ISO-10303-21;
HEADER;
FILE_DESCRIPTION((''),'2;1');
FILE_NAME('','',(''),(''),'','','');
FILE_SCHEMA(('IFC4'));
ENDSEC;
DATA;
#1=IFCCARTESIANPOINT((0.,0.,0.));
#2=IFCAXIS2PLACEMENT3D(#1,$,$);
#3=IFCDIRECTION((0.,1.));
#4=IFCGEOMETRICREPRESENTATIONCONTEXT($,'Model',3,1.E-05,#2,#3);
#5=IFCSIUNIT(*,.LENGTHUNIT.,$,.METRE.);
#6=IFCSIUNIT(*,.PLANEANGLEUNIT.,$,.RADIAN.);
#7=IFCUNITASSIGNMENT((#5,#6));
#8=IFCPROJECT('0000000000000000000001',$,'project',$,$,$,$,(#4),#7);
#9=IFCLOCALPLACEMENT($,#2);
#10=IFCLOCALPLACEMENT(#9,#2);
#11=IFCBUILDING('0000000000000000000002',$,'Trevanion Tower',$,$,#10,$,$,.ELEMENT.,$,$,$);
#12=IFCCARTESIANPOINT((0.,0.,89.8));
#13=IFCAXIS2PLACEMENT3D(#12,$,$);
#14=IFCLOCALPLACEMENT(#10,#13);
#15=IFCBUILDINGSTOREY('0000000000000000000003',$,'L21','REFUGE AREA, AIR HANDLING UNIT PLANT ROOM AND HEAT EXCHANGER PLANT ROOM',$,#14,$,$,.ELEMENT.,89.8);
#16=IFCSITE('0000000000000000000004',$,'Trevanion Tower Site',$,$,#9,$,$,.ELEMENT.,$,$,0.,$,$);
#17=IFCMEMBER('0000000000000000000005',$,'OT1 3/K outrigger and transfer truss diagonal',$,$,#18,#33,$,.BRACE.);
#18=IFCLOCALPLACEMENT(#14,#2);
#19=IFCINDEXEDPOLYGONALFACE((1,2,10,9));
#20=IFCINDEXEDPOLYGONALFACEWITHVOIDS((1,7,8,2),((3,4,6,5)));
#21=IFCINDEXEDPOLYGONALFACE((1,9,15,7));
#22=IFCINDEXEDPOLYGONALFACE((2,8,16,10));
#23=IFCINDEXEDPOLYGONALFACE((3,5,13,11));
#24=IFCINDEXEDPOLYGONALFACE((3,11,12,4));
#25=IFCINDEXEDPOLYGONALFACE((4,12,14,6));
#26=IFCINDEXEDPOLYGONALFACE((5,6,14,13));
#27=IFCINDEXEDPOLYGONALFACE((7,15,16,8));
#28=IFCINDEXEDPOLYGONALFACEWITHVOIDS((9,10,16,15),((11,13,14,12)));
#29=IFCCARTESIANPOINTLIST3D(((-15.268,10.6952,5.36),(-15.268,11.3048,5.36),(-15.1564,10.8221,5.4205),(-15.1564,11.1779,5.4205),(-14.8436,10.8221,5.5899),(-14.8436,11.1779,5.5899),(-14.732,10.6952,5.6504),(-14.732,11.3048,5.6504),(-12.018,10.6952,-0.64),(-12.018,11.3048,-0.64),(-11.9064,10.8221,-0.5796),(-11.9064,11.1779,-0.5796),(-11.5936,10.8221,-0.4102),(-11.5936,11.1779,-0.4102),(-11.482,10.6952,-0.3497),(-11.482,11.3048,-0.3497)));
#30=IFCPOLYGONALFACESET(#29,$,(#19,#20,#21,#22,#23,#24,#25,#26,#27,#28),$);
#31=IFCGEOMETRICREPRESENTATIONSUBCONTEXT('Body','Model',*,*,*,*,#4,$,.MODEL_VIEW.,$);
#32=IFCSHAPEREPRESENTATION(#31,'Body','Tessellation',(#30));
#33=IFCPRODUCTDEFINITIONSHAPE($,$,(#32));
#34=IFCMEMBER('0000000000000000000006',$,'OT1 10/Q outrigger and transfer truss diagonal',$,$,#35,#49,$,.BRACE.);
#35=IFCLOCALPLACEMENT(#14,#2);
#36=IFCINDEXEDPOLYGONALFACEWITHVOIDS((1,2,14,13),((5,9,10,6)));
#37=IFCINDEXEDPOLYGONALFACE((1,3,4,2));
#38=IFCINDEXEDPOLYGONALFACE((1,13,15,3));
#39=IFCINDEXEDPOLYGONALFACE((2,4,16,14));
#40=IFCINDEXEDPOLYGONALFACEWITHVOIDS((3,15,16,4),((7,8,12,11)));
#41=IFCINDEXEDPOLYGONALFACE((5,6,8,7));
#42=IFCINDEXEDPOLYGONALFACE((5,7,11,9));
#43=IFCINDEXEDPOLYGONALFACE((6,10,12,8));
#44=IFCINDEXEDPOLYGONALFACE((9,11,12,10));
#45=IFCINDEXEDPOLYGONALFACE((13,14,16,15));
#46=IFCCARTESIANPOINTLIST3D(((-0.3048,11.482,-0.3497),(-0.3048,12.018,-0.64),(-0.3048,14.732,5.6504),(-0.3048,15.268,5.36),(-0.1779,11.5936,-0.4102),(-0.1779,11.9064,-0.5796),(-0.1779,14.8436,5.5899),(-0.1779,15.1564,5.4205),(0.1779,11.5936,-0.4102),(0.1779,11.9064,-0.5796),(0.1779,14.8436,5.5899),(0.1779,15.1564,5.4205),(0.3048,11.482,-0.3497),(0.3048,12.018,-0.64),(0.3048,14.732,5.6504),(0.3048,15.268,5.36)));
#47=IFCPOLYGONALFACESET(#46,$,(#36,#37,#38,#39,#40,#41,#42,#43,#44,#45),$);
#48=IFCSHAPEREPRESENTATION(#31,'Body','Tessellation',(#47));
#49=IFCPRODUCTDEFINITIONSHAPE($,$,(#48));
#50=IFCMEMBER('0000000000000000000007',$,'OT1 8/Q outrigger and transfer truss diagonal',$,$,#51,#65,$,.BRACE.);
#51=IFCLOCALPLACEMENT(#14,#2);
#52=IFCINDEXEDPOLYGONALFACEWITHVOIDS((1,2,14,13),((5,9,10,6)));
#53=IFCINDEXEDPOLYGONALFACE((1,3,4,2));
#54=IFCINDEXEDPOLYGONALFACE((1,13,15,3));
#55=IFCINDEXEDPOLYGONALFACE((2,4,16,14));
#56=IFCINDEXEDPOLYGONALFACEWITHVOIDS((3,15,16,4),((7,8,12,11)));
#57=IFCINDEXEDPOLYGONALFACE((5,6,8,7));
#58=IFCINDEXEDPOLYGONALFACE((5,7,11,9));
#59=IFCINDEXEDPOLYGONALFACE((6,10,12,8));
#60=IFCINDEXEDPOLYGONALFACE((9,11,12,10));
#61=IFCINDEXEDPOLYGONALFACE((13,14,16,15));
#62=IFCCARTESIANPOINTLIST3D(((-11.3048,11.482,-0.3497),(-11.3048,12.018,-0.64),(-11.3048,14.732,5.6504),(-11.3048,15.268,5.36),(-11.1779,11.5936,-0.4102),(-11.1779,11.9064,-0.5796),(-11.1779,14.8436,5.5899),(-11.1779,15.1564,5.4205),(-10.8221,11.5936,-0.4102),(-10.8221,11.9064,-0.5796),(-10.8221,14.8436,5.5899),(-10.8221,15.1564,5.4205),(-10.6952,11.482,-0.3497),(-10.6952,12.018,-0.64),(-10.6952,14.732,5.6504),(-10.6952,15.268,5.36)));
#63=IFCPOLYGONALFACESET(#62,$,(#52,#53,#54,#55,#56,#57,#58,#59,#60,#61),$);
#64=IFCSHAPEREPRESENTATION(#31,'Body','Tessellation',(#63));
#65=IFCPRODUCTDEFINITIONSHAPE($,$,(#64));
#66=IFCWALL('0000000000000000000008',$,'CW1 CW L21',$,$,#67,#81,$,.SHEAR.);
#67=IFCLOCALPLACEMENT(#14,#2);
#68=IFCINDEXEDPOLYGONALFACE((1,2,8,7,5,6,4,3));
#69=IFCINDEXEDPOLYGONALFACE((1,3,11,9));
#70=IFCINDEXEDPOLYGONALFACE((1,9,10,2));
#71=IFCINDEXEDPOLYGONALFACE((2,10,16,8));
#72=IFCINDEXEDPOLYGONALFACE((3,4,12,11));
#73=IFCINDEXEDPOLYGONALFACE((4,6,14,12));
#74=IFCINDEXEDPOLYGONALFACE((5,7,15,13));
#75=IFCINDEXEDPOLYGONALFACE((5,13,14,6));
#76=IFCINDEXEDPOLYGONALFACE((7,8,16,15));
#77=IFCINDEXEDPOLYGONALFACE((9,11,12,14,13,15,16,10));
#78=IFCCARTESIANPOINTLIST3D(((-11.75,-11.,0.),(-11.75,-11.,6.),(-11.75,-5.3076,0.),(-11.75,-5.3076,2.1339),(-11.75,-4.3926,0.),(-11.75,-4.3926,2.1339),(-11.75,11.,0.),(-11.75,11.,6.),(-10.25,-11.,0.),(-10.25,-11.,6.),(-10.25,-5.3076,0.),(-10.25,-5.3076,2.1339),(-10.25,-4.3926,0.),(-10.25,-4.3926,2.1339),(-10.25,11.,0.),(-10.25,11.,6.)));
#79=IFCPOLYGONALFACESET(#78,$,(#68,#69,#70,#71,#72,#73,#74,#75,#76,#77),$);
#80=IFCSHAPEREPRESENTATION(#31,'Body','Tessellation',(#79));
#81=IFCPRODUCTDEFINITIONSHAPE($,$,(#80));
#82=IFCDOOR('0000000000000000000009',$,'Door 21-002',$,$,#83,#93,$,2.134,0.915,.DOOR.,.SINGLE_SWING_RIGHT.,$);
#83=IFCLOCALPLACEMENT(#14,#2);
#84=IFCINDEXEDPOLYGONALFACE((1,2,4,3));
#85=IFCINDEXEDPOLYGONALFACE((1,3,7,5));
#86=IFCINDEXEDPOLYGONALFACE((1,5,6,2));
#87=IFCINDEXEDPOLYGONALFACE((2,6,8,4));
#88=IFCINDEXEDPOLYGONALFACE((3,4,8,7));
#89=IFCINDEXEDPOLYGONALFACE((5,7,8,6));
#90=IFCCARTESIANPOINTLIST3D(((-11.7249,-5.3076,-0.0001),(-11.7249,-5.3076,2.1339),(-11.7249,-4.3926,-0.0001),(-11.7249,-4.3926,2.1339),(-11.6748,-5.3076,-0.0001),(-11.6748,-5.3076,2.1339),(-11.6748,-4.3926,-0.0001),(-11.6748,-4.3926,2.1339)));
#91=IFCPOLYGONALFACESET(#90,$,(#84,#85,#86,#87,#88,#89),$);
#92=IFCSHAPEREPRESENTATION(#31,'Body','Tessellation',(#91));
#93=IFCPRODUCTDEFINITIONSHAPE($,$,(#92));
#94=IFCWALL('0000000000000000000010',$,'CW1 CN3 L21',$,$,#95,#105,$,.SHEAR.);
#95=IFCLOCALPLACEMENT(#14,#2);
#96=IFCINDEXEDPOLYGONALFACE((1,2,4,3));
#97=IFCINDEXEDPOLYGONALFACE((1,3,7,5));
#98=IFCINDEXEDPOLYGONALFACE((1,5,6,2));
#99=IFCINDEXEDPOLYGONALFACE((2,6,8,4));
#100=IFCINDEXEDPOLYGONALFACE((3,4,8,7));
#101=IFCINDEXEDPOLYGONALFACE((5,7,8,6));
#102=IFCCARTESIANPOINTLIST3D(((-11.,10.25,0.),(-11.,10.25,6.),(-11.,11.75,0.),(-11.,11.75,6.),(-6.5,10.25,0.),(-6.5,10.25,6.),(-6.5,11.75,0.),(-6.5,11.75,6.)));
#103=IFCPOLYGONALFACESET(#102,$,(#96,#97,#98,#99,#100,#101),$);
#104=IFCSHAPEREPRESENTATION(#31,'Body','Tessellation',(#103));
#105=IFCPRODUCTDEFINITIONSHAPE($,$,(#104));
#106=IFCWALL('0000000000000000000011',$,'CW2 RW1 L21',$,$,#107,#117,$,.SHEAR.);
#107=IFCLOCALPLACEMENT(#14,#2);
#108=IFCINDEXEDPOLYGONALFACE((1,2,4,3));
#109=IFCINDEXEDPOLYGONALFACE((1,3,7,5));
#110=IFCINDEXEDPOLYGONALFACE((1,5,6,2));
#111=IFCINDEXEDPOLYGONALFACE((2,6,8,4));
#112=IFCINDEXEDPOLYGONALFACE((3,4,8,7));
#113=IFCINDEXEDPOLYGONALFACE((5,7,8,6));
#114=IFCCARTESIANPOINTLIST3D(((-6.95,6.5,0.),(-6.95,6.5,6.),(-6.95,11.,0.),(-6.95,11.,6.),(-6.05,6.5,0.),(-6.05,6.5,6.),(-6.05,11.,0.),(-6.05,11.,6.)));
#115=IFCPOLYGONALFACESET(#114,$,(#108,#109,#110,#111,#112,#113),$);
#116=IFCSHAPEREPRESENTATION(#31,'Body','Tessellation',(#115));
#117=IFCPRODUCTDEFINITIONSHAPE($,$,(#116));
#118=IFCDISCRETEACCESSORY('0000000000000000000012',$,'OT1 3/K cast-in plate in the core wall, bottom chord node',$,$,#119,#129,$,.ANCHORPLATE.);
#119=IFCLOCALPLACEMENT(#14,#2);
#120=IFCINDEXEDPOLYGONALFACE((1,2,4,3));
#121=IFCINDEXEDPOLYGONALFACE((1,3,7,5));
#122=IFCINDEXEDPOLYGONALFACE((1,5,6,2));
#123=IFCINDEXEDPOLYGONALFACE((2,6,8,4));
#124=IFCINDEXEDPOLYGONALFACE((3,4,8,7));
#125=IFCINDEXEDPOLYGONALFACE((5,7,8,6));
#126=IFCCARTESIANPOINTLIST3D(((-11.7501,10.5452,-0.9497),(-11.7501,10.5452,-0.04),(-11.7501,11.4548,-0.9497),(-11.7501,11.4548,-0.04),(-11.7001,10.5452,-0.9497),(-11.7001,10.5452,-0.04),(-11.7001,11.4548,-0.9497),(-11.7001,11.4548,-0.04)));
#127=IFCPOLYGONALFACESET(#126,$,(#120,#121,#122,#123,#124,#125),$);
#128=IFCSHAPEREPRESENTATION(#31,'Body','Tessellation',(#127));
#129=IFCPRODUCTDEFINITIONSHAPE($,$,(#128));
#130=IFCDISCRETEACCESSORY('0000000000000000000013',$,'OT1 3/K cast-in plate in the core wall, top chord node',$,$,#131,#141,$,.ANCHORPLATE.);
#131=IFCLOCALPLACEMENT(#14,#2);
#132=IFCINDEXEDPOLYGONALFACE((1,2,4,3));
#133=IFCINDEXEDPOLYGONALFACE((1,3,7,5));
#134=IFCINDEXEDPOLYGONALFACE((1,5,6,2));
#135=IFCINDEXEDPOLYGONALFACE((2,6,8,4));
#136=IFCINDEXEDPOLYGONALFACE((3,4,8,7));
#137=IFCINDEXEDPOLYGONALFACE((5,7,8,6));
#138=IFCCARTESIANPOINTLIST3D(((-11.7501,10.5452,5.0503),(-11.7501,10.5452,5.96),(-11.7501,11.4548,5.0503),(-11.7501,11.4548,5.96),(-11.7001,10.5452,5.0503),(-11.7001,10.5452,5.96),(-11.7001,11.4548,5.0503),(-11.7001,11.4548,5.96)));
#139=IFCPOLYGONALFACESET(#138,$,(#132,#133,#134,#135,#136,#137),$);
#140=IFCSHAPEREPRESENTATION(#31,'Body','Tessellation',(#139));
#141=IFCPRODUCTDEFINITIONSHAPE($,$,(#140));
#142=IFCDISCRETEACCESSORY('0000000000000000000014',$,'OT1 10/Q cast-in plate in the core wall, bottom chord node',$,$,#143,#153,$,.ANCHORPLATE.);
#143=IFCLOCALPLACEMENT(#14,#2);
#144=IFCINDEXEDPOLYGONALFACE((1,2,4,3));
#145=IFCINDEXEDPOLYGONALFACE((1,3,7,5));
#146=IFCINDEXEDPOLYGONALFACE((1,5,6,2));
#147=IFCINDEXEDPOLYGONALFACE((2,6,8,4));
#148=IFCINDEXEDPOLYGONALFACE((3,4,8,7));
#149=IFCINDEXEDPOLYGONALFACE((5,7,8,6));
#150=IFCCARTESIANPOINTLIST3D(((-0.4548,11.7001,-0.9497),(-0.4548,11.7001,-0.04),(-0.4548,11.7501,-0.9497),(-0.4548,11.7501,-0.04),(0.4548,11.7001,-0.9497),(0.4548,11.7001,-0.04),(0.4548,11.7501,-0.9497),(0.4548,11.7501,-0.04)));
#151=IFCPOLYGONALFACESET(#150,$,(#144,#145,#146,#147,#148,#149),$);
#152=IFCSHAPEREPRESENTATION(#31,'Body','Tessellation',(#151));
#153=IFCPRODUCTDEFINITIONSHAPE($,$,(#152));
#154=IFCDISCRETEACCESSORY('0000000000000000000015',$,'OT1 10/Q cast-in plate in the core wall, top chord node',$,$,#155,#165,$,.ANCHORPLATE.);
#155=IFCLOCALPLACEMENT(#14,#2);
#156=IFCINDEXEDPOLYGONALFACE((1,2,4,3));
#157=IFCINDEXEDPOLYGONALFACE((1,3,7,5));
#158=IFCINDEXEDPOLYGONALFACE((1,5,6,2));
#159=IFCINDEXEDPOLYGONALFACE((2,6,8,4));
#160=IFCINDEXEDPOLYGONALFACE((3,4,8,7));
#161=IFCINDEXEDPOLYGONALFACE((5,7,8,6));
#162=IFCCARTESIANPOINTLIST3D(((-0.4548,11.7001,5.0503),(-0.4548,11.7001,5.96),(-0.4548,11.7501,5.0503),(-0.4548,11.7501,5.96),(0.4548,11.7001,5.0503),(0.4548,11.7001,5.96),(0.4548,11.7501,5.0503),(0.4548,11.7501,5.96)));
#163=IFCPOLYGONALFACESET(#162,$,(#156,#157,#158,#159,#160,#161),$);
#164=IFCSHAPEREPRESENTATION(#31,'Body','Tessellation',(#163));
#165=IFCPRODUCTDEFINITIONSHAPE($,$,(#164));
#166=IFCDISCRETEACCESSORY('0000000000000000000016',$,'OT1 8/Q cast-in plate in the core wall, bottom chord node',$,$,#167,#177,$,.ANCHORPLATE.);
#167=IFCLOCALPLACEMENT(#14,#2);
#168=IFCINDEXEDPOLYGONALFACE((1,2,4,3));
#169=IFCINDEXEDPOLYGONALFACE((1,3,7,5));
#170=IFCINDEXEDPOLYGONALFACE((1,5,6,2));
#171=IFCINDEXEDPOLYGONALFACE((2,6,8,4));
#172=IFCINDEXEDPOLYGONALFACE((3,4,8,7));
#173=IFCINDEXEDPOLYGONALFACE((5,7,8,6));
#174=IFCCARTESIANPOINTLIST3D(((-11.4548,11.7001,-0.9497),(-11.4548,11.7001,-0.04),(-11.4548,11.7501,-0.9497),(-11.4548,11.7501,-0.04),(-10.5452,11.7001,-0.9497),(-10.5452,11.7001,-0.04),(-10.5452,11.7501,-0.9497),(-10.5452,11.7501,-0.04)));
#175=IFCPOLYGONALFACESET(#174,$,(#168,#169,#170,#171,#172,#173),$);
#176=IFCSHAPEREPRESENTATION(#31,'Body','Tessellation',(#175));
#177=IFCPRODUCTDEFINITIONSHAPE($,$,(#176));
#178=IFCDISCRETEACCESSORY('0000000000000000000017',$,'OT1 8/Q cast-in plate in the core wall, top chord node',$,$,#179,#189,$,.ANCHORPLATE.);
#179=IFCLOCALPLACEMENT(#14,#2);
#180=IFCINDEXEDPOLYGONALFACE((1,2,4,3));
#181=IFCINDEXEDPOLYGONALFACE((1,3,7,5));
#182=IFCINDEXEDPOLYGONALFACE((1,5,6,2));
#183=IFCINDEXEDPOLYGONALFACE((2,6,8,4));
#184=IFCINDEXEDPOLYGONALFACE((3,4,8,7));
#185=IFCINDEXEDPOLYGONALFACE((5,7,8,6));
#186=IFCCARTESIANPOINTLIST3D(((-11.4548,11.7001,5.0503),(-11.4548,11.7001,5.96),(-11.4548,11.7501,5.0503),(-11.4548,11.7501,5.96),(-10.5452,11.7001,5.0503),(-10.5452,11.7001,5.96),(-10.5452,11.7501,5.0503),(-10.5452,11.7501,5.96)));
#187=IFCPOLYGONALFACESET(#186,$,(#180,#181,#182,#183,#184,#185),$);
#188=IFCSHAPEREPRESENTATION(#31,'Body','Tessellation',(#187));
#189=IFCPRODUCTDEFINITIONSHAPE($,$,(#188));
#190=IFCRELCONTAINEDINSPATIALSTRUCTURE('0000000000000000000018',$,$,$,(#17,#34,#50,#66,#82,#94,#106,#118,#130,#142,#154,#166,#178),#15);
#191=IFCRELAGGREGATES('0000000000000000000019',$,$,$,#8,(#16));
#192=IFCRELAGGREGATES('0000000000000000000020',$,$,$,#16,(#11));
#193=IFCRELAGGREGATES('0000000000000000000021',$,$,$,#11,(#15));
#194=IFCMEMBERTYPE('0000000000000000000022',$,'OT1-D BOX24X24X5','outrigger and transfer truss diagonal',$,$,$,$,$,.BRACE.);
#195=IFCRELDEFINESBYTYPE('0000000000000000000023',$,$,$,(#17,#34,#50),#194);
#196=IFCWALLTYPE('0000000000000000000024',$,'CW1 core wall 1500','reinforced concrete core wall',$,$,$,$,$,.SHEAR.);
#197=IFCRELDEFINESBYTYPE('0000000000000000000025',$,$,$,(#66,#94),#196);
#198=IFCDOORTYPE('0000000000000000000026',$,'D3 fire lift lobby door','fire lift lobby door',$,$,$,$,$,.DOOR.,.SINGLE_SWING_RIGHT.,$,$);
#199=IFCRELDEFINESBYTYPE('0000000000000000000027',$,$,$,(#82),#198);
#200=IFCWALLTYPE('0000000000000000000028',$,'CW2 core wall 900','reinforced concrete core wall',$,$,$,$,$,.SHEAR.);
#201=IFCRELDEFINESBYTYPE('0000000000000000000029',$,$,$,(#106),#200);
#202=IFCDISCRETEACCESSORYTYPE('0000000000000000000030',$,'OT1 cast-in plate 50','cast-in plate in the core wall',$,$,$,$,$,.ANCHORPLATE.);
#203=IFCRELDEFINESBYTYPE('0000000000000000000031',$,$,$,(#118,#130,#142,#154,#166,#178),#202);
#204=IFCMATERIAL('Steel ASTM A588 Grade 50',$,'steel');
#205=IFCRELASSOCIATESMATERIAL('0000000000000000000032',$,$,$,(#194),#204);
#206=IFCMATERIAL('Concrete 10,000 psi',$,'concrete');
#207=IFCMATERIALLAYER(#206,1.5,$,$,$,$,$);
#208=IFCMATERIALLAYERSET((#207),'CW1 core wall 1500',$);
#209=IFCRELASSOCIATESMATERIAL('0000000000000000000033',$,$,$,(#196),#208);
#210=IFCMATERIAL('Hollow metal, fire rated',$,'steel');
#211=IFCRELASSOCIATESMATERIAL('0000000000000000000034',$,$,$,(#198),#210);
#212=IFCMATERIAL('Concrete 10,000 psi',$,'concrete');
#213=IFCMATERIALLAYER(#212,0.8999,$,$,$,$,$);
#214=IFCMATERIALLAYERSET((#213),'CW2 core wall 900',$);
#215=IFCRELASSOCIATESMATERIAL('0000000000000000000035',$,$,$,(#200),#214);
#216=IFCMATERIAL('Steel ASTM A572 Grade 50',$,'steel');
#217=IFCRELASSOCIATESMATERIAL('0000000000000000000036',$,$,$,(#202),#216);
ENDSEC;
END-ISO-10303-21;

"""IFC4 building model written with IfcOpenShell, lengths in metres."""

from ifc_helpers import new_model, si_unit, direction, frame, frame_2d, origin, origin_2d, place, context, subcontext, project, spatial, rectangle, hollow_rectangle, extrude, material, layer, layer_set, material_profile, profile_set, type_object, element, fill, save


model = new_model("IFC4")

# Units and contexts
model_context = context("Model", 3, precision=1e-05, world=origin(), true_north=direction((0.0, 1.0)))
body_context = subcontext(model_context, "Body", "Model", "MODEL_VIEW")
ifc_project = project(units=[si_unit("LENGTHUNIT", "METRE"), si_unit("PLANEANGLEUNIT", "RADIAN")], contexts=[model_context])

# Site, building, storey
site_placement = place(None, origin())
site = spatial("IfcSite", under=ifc_project, at=site_placement, Name="Trevanion Tower Site", CompositionType="ELEMENT", RefElevation=0.0)
building_placement = place(site_placement, origin())
building = spatial("IfcBuilding", under=site, at=building_placement, Name="Trevanion Tower", CompositionType="ELEMENT")
storey_placement = place(building_placement, frame((0.0, 0.0, 89.8)))
storey = spatial("IfcBuildingStorey", under=building, at=storey_placement, Name="L21", Description="REFUGE AREA, AIR HANDLING UNIT PLANT ROOM AND HEAT EXCHANGER PLANT ROOM", CompositionType="ELEMENT", Elevation=89.8)

# Members
ifc_material_1 = material(Name="Steel ASTM A588 Grade 50", Category="steel")
ifc_material_profile_1 = material_profile(ifc_material_1, hollow_rectangle(XDim=0.6096, YDim=0.6096, WallThickness=0.127, at=origin_2d()), Name="BOX24X24X5")
ifc_profile_set_1 = profile_set([ifc_material_profile_1], Name="Steel ASTM A588 Grade 50")
member_type = type_object("IfcMemberType", Name="OT1-D BOX24X24X5", Description="outrigger and transfer truss diagonal", PredefinedType="BRACE", material=ifc_profile_set_1)
for number, where, z_axis, x_axis, name in (
    (1, (-11.75, 11.0, -0.4949), (-0.476283, 0.0, 0.879292), (0.0, -1.0, 0.0), "OT1 3/K outrigger and transfer truss diagonal"),
    (2, (0.0, 11.75, -0.4949), (0.0, 0.476283, 0.879292), (-1.0, 0.0, 0.0), "OT1 10/Q outrigger and transfer truss diagonal"),
    (3, (-11.0, 11.75, -0.4949), (0.0, 0.476283, 0.879292), (-1.0, 0.0, 0.0), "OT1 8/Q outrigger and transfer truss diagonal"),
):
    element("IfcMember", number, at=place(storey_placement, frame(where, z_axis=z_axis, x_axis=x_axis)), inside=storey, type_object=member_type, Name=name, PredefinedType="BRACE", context=body_context, shape_type="SweptSolid", body=[
        extrude(hollow_rectangle(XDim=0.6096, YDim=0.6096, WallThickness=0.127, at=origin_2d()), origin(), (0.0, 0.0, 1.0), 6.8237),
    ])

# Wall, opening, door
ifc_material_2 = material(Name="Concrete 10,000 psi", Category="concrete")
ifc_layer_1 = layer(ifc_material_2, 1.5)
ifc_layer_set_1 = layer_set([ifc_layer_1], Name="CW1 core wall 1500")
wall_type_1 = type_object("IfcWallType", Name="CW1 core wall 1500", Description="reinforced concrete core wall", PredefinedType="SHEAR", material=ifc_layer_set_1)
wall_1_placement = place(storey_placement, frame((-11.0, 11.0, 0.0), z_axis=(0.0, 0.0, 1.0), x_axis=(0.0, -1.0, 0.0)))
wall_1 = element("IfcWall", 4, at=wall_1_placement, inside=storey, type_object=wall_type_1, Name="CW1 CW L21", PredefinedType="SHEAR", context=body_context, shape_type="SweptSolid", body=[
    extrude(rectangle(XDim=22.0, YDim=1.5, at=frame_2d((11.0, 0.0))), origin(), (0.0, 0.0, 1.0), 6.0),
])
opening_placement = place(wall_1_placement, frame((15.3926, 0.0, 0.0)))
opening = element("IfcOpeningElement", 5, at=opening_placement, cuts=wall_1, PredefinedType="OPENING", context=body_context, shape_type="SweptSolid", body=[
    extrude(rectangle(XDim=0.915, YDim=2.134, at=frame_2d((0.4575, 1.0669))), frame((0.0, 0.76, 0.0), z_axis=(0.0, -1.0, 0.0), x_axis=(1.0, 0.0, 0.0)), (0.0, 0.0, 1.0), 1.52),
])
ifc_material_3 = material(Name="Hollow metal, fire rated", Category="steel")
door_type = type_object("IfcDoorType", Name="D3 fire lift lobby door", Description="fire lift lobby door", OperationType="SINGLE_SWING_RIGHT", PredefinedType="DOOR", material=ifc_material_3)
door_placement = place(opening_placement, origin())
door = element("IfcDoor", 6, at=door_placement, inside=storey, type_object=door_type, Name="Door 21-002", OperationType="SINGLE_SWING_RIGHT", OverallHeight=2.134, OverallWidth=0.915, PredefinedType="DOOR", context=body_context, shape_type="SweptSolid", body=[
    extrude(rectangle(XDim=0.915, YDim=2.134, at=frame_2d((0.4575, 1.0669))), frame((0.0, -0.6748, 0.0), z_axis=(0.0, -1.0, 0.0), x_axis=(1.0, 0.0, 0.0)), (0.0, 0.0, 1.0), 0.05),
])
fill(opening, door)

# Walls
wall_2_placement = place(storey_placement, frame((-6.5, 11.0, 0.0), z_axis=(0.0, 0.0, 1.0), x_axis=(-1.0, 0.0, 0.0)))
element("IfcWall", 7, at=wall_2_placement, inside=storey, type_object=wall_type_1, Name="CW1 CN3 L21", PredefinedType="SHEAR", context=body_context, shape_type="SweptSolid", body=[
    extrude(rectangle(XDim=4.5, YDim=1.5, at=frame_2d((2.25, 0.0))), origin(), (0.0, 0.0, 1.0), 6.0),
])
ifc_material_4 = material(Name="Concrete 10,000 psi", Category="concrete")
ifc_layer_2 = layer(ifc_material_4, 0.8999)
ifc_layer_set_2 = layer_set([ifc_layer_2], Name="CW2 core wall 900")
wall_type_2 = type_object("IfcWallType", Name="CW2 core wall 900", Description="reinforced concrete core wall", PredefinedType="SHEAR", material=ifc_layer_set_2)
wall_3_placement = place(storey_placement, frame((-6.5, 11.0, 0.0), z_axis=(0.0, 0.0, 1.0), x_axis=(0.0, -1.0, 0.0)))
element("IfcWall", 8, at=wall_3_placement, inside=storey, type_object=wall_type_2, Name="CW2 RW1 L21", PredefinedType="SHEAR", context=body_context, shape_type="SweptSolid", body=[
    extrude(rectangle(XDim=4.5, YDim=0.8999, at=frame_2d((2.25, 0.0))), origin(), (0.0, 0.0, 1.0), 6.0),
])

# Discrete accessories
ifc_material_5 = material(Name="Steel ASTM A572 Grade 50", Category="steel")
discrete_accessory_type = type_object("IfcDiscreteAccessoryType", Name="OT1 cast-in plate 50", Description="cast-in plate in the core wall", PredefinedType="ANCHORPLATE", material=ifc_material_5)
for number, where, z_axis, x_axis, name in (
    (9, (-11.7251, 11.0, -0.9497), (0.0, 0.0, 1.0), (-1.0, 0.0, 0.0), "OT1 3/K cast-in plate in the core wall, bottom chord node"),
    (10, (-11.7251, 11.0, 5.0503), (0.0, 0.0, 1.0), (-1.0, 0.0, 0.0), "OT1 3/K cast-in plate in the core wall, top chord node"),
    (11, (0.0, 11.7251, -0.9497), (0.0, 0.0, 1.0), (0.0, 1.0, 0.0), "OT1 10/Q cast-in plate in the core wall, bottom chord node"),
    (12, (0.0, 11.7251, 5.0503), (0.0, 0.0, 1.0), (0.0, 1.0, 0.0), "OT1 10/Q cast-in plate in the core wall, top chord node"),
    (13, (-11.0, 11.7251, -0.9497), (0.0, 0.0, 1.0), (0.0, 1.0, 0.0), "OT1 8/Q cast-in plate in the core wall, bottom chord node"),
    (14, (-11.0, 11.7251, 5.0503), (0.0, 0.0, 1.0), (0.0, 1.0, 0.0), "OT1 8/Q cast-in plate in the core wall, top chord node"),
):
    element("IfcDiscreteAccessory", number, at=place(storey_placement, frame(where, z_axis=z_axis, x_axis=x_axis)), inside=storey, type_object=discrete_accessory_type, Name=name, PredefinedType="ANCHORPLATE", context=body_context, shape_type="SweptSolid", body=[
        extrude(rectangle(XDim=0.05, YDim=0.9097, at=origin_2d()), origin(), (0.0, 0.0, 1.0), 0.9097),
    ])

save(model, "model.ifc")
